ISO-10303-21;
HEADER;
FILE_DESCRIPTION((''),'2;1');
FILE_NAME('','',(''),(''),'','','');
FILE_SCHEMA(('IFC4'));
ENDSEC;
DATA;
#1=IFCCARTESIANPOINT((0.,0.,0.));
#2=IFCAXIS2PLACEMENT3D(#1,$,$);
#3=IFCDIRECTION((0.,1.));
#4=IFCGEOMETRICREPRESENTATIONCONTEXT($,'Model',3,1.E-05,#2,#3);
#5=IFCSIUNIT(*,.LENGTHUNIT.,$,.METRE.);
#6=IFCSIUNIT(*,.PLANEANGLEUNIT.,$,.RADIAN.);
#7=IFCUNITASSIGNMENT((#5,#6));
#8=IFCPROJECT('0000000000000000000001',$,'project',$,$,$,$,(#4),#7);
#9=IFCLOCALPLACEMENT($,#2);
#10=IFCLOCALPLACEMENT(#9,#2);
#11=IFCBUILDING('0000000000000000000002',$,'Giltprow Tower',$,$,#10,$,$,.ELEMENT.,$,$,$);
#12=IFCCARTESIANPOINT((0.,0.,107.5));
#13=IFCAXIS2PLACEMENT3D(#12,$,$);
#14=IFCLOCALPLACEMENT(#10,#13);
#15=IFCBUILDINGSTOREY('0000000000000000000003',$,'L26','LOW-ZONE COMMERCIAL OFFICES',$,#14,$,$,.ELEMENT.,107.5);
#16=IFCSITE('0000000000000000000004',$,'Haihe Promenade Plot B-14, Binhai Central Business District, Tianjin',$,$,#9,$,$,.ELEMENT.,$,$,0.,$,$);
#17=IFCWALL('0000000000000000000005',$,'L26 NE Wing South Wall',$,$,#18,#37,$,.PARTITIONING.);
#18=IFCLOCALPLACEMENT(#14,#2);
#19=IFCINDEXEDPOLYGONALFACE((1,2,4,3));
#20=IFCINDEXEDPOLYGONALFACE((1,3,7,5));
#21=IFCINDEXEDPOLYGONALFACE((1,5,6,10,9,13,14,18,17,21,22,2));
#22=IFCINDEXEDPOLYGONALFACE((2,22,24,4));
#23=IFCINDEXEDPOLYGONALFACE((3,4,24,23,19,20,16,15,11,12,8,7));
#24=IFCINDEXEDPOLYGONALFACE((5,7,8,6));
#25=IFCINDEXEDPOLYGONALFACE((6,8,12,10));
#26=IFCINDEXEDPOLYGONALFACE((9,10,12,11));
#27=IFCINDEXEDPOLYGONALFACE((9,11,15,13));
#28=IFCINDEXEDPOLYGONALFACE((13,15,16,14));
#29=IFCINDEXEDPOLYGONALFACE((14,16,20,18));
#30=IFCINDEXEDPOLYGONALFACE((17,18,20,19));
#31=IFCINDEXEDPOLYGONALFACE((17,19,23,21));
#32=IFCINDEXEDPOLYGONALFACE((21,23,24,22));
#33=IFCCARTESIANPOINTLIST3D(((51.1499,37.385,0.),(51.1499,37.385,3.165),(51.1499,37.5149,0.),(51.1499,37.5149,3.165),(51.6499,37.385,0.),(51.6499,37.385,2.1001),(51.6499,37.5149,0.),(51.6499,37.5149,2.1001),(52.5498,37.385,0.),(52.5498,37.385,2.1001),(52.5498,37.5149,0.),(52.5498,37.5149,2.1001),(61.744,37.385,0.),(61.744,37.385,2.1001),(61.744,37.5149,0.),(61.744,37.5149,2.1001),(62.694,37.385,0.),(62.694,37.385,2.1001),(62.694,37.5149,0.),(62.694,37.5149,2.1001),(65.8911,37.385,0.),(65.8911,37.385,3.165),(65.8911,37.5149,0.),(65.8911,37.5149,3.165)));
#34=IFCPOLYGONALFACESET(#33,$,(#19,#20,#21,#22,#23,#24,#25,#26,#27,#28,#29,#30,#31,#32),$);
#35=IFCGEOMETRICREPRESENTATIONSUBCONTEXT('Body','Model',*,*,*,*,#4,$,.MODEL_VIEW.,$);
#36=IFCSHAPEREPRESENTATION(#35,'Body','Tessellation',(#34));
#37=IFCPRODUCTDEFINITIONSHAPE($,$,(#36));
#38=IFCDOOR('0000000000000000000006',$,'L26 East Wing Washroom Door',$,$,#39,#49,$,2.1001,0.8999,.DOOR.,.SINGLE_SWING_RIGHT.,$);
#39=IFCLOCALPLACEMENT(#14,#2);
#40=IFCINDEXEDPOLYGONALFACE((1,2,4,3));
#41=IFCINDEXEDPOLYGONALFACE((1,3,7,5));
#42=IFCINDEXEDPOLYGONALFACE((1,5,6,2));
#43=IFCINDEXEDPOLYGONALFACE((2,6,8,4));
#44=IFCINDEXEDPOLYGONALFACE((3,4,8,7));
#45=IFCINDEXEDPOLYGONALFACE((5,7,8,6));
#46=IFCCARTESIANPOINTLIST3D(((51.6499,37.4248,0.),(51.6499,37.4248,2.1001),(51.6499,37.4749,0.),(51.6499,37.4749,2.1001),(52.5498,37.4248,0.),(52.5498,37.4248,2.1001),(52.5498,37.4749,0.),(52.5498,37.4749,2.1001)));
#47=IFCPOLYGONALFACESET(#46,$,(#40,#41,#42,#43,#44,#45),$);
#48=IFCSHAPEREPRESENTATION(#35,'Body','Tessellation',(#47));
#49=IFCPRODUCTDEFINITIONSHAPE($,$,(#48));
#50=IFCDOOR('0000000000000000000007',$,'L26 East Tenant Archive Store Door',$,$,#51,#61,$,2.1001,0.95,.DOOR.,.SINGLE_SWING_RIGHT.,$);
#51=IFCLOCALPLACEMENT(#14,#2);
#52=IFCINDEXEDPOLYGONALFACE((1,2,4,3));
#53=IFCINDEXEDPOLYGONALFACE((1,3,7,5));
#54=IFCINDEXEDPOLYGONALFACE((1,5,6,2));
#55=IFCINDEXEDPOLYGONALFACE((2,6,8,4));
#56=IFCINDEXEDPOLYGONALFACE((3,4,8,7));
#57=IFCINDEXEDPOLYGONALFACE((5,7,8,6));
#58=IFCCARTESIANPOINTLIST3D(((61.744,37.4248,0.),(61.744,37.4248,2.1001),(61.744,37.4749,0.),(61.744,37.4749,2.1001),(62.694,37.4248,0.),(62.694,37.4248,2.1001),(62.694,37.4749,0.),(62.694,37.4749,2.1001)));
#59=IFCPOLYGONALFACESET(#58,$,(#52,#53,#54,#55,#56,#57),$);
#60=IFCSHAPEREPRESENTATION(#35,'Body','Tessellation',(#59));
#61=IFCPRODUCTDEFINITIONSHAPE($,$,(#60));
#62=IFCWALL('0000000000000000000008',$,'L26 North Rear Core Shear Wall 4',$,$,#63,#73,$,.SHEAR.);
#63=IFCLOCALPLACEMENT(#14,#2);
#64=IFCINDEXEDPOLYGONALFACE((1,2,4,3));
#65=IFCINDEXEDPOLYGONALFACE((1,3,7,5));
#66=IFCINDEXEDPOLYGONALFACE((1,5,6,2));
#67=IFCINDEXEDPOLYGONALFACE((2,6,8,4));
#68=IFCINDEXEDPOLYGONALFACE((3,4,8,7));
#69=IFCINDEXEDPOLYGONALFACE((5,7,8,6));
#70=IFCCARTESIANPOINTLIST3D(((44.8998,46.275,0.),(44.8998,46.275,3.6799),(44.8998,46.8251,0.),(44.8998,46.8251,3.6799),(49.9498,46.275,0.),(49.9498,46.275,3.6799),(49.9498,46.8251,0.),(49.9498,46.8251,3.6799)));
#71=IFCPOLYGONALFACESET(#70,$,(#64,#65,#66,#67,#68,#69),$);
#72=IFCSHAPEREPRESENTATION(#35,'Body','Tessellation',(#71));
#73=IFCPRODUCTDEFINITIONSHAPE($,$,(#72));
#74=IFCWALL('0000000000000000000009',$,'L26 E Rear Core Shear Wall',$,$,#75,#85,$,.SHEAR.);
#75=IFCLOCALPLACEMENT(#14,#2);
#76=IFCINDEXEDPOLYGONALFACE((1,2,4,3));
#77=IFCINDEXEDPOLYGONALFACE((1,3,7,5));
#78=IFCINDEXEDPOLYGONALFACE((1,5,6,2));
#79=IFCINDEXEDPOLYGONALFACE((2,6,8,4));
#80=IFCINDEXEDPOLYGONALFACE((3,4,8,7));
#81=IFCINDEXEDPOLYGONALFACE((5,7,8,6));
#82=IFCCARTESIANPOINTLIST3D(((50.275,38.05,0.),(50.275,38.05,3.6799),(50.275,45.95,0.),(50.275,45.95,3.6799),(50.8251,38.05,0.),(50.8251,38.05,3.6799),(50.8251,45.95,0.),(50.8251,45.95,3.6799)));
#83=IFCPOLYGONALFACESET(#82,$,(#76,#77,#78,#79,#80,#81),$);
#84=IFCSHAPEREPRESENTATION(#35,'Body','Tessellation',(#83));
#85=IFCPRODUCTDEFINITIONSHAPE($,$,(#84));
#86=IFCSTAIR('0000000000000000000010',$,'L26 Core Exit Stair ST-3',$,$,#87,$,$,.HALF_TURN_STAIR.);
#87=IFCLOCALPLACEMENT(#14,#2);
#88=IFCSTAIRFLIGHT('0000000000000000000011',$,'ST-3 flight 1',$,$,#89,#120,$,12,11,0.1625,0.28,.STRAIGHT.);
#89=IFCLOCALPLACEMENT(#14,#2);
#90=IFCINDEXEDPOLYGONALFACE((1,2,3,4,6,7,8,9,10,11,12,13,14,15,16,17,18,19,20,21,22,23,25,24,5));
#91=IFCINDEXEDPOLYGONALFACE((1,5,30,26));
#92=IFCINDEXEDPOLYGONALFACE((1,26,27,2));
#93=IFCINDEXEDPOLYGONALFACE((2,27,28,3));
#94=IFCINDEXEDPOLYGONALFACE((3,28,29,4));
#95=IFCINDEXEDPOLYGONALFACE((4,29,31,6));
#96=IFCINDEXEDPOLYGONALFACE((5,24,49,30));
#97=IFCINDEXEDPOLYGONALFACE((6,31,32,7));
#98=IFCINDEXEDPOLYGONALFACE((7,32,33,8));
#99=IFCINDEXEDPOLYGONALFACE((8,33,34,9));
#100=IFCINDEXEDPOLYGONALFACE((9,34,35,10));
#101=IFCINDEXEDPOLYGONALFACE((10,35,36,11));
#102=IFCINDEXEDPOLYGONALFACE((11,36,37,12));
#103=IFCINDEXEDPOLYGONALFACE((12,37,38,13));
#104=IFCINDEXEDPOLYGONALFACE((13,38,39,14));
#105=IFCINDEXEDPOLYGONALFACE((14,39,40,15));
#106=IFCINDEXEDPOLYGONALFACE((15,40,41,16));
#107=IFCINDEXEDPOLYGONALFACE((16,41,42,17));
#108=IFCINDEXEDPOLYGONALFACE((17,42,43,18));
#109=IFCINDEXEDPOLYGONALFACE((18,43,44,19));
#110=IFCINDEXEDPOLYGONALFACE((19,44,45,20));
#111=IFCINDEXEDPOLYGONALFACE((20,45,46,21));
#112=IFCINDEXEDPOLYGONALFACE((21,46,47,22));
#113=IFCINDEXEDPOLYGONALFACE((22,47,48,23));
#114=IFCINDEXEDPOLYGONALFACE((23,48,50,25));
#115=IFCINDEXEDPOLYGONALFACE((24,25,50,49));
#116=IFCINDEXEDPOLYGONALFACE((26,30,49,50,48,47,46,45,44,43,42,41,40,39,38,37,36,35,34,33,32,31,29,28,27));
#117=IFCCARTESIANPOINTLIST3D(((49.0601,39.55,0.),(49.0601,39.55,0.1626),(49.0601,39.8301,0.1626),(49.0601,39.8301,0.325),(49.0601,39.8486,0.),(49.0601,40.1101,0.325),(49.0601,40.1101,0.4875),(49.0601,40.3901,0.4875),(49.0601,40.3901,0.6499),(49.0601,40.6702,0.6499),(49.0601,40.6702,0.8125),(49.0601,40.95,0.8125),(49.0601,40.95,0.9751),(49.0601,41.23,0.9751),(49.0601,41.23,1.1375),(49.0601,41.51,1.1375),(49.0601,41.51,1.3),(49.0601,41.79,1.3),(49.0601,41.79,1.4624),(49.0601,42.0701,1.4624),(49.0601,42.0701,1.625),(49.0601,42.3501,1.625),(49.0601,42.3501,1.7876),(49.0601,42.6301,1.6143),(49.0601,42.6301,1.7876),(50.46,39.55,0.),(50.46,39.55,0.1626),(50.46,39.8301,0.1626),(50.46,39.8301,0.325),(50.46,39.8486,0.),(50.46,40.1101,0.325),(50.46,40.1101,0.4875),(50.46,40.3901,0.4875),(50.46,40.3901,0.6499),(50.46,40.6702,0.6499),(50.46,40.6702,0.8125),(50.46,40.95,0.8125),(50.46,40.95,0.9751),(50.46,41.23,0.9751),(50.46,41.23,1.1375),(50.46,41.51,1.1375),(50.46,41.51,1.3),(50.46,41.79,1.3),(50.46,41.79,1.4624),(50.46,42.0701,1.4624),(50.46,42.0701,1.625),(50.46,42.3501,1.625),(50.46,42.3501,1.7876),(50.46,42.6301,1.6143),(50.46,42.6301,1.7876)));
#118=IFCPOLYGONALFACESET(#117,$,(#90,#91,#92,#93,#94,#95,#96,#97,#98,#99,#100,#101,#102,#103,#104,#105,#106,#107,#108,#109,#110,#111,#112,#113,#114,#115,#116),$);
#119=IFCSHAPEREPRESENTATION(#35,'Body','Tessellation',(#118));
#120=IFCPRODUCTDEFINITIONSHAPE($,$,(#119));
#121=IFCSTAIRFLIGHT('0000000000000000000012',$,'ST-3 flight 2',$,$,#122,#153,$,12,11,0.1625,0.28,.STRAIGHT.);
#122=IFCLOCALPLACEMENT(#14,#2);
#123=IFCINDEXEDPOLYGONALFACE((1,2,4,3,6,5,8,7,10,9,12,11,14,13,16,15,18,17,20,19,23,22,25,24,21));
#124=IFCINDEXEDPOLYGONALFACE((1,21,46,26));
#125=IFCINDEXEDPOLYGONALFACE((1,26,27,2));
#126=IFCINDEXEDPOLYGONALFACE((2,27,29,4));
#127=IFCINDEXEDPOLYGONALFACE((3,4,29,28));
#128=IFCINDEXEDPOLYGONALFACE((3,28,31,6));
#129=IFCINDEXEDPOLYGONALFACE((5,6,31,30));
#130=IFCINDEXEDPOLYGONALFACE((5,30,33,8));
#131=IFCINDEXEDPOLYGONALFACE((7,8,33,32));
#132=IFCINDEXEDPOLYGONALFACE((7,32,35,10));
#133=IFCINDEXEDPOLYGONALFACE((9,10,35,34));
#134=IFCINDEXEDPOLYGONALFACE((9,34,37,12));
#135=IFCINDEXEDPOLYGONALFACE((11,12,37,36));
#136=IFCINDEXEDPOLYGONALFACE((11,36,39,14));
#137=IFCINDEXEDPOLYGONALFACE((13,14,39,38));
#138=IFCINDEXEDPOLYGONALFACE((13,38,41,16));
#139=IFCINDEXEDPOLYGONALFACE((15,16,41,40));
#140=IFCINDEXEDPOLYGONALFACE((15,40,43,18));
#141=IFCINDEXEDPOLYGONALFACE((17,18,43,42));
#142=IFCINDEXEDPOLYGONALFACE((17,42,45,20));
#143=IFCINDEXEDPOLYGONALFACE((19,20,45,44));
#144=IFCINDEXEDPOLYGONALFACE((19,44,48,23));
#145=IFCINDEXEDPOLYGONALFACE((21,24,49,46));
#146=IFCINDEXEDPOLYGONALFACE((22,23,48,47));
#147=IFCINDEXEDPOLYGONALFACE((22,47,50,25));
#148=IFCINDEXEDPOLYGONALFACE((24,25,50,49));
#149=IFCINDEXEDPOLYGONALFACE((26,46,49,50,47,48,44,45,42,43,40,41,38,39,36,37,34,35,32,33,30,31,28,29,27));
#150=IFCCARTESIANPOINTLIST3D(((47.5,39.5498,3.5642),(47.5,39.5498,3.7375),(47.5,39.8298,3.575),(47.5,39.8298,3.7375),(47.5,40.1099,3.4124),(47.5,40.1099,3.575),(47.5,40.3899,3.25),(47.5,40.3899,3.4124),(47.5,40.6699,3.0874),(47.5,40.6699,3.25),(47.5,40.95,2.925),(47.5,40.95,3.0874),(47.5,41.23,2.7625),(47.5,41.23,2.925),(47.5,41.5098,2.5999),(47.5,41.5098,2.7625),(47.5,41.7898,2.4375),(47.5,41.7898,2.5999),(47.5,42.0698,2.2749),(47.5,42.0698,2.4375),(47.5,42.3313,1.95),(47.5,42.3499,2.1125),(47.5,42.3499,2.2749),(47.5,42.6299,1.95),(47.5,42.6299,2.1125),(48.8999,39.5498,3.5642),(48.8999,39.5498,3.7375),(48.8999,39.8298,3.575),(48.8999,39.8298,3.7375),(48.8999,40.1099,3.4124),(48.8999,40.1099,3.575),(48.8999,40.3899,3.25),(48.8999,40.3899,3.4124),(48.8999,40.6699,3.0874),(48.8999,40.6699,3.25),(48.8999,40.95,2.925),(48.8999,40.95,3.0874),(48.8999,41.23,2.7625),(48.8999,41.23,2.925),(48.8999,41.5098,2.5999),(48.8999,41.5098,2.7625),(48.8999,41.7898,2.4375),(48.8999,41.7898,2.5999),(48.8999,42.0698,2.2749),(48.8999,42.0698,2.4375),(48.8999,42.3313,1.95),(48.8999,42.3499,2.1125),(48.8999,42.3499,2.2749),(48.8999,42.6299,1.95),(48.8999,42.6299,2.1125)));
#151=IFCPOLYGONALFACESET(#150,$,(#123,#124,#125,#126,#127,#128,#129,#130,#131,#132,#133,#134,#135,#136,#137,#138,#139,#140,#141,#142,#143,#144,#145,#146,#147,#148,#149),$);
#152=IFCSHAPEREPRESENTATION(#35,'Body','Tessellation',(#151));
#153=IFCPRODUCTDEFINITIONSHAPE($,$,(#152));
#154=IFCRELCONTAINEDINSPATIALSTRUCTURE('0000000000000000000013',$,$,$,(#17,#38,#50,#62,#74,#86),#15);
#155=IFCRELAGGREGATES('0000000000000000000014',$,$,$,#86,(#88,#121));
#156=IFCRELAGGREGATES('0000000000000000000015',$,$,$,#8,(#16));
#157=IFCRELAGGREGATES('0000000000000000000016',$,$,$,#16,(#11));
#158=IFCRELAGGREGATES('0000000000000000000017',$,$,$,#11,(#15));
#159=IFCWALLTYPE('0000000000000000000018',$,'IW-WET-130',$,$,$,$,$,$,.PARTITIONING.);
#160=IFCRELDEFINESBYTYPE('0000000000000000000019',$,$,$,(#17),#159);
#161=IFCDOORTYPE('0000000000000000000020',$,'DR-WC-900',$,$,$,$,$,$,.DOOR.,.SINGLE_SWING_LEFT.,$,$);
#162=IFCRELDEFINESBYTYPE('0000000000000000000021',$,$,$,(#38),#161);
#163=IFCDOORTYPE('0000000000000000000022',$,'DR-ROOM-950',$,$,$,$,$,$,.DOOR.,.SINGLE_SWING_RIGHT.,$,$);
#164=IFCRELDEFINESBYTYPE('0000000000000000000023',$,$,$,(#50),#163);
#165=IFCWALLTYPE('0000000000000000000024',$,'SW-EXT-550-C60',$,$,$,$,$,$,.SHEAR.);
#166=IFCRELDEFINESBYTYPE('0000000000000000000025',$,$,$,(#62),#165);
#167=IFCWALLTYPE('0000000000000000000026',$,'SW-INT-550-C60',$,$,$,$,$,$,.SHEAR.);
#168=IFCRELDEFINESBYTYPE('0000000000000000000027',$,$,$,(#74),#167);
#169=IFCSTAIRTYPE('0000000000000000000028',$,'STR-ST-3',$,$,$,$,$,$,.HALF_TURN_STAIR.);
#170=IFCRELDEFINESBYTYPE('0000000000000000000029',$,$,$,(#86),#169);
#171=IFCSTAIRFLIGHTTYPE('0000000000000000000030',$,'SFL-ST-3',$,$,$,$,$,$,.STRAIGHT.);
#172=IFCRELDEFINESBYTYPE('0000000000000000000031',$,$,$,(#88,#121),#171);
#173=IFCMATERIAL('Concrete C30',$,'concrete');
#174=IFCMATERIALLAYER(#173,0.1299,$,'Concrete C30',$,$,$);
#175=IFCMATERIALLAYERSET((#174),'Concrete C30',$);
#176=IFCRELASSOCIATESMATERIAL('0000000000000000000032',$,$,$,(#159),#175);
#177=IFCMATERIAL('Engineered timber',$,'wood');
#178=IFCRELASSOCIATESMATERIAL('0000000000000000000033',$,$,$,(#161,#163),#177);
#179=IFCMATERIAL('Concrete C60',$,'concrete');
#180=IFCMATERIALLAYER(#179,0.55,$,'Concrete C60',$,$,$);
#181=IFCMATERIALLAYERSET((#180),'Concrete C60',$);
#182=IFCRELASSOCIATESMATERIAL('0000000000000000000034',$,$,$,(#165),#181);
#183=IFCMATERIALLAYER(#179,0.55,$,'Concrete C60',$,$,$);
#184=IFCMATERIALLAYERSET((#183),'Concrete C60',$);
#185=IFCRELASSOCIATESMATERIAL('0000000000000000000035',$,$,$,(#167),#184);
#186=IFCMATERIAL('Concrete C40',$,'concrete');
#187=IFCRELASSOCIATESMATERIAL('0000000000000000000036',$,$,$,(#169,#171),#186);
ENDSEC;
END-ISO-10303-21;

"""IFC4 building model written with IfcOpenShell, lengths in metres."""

from ifc_helpers import new_model, si_unit, direction, frame, frame_2d, origin, place, context, subcontext, project, spatial, polyline, rectangle, outline, extrude, source, transform, mapped, material, layer, layer_set, type_object, element, fill, aggregate, save


model = new_model("IFC4")

# Units and contexts
model_context = context("Model", 3, precision=1e-05, world=origin(), true_north=direction((0.0, 1.0)))
body_context = subcontext(model_context, "Body", "Model", "MODEL_VIEW")
ifc_project = project(units=[si_unit("LENGTHUNIT", "METRE"), si_unit("PLANEANGLEUNIT", "RADIAN")], contexts=[model_context])

# Site, building, storey
site_placement = place(None, origin())
site = spatial("IfcSite", under=ifc_project, at=site_placement, Name="Haihe Promenade Plot B-14, Binhai Central Business District, Tianjin", CompositionType="ELEMENT", RefElevation=0.0)
building_placement = place(site_placement, origin())
building = spatial("IfcBuilding", under=site, at=building_placement, Name="Giltprow Tower", CompositionType="ELEMENT")
storey_placement = place(building_placement, frame((0.0, 0.0, 107.5)))
storey = spatial("IfcBuildingStorey", under=building, at=storey_placement, Name="L26", Description="LOW-ZONE COMMERCIAL OFFICES", CompositionType="ELEMENT", Elevation=107.5)

# Shared definitions
ifc_material_1 = material(Name="Concrete C60", Category="concrete")

# Shared definitions
ifc_material_2 = material(Name="Concrete C40", Category="concrete")

# Wall, openings, doors
ifc_material_3 = material(Name="Concrete C30", Category="concrete")
ifc_layer_1 = layer(ifc_material_3, 0.1299, Name="Concrete C30")
ifc_layer_set_1 = layer_set([ifc_layer_1], Name="Concrete C30")
wall_type_1 = type_object("IfcWallType", Name="IW-WET-130", PredefinedType="PARTITIONING", material=ifc_layer_set_1)
wall_1_placement = place(storey_placement, frame((51.1499, 37.45, 0.0), z_axis=(0.0, 0.0, 1.0), x_axis=(1.0, 0.0, 0.0)))
wall_1 = element("IfcWall", 1, at=wall_1_placement, inside=storey, type_object=wall_type_1, Name="L26 NE Wing South Wall", PredefinedType="PARTITIONING", context=body_context, shape_type="SweptSolid", body=[
    extrude(rectangle(XDim=14.7412, YDim=0.1299, at=frame_2d((7.3706, 0.0))), origin(), (0.0, 0.0, 1.0), 3.165),
])
opening_1_placement = place(wall_1_placement, frame((0.5, 0.0, 0.0)))
opening_1 = element("IfcOpeningElement", 2, at=opening_1_placement, cuts=wall_1, PredefinedType="OPENING", context=body_context, shape_type="SweptSolid", body=[
    extrude(rectangle(XDim=0.8999, YDim=2.1001, at=frame_2d((0.45, 1.05))), frame((0.0, 0.075, 0.0), z_axis=(0.0, -1.0, 0.0), x_axis=(1.0, 0.0, 0.0)), (0.0, 0.0, 1.0), 0.1499),
])
opening_2_placement = place(wall_1_placement, frame((10.594, 0.0, 0.0)))
opening_2 = element("IfcOpeningElement", 3, at=opening_2_placement, cuts=wall_1, PredefinedType="OPENING", context=body_context, shape_type="SweptSolid", body=[
    extrude(rectangle(XDim=0.95, YDim=2.1001, at=frame_2d((0.4751, 1.05))), frame((0.0, 0.075, 0.0), z_axis=(0.0, -1.0, 0.0), x_axis=(1.0, 0.0, 0.0)), (0.0, 0.0, 1.0), 0.1499),
])
ifc_material_4 = material(Name="Engineered timber", Category="wood")
door_type_1 = type_object("IfcDoorType", Name="DR-WC-900", OperationType="SINGLE_SWING_LEFT", PredefinedType="DOOR", material=ifc_material_4)
shared_shape_1 = source(origin(), body_context, "Body", "SweptSolid", [
    extrude(rectangle(XDim=0.8999, YDim=2.1001, at=frame_2d((0.45, 1.05))), frame((0.0, 0.0249, 0.0), z_axis=(0.0, -1.0, 0.0), x_axis=(1.0, 0.0, 0.0)), (0.0, 0.0, 1.0), 0.05),
])
door_1_placement = place(opening_1_placement, origin())
door_1 = element("IfcDoor", 4, at=door_1_placement, inside=storey, type_object=door_type_1, Name="L26 East Wing Washroom Door", OperationType="SINGLE_SWING_RIGHT", OverallHeight=2.1001, OverallWidth=0.8999, PredefinedType="DOOR", context=body_context, shape_type="MappedRepresentation", body=[
    mapped(shared_shape_1, transform((0.0, 0.0, 0.0), x_axis=(1.0, 0.0, 0.0), y_axis=(0.0, 1.0, 0.0), z_axis=(0.0, 0.0, 1.0), scale=1.0)),
])
fill(opening_1, door_1)
door_type_2 = type_object("IfcDoorType", Name="DR-ROOM-950", OperationType="SINGLE_SWING_RIGHT", PredefinedType="DOOR", material=ifc_material_4)
shared_shape_2 = source(origin(), body_context, "Body", "SweptSolid", [
    extrude(rectangle(XDim=0.95, YDim=2.1001, at=frame_2d((0.4751, 1.05))), frame((0.0, 0.0249, 0.0), z_axis=(0.0, -1.0, 0.0), x_axis=(1.0, 0.0, 0.0)), (0.0, 0.0, 1.0), 0.05),
])
door_2_placement = place(opening_2_placement, origin())
door_2 = element("IfcDoor", 5, at=door_2_placement, inside=storey, type_object=door_type_2, Name="L26 East Tenant Archive Store Door", OperationType="SINGLE_SWING_RIGHT", OverallHeight=2.1001, OverallWidth=0.95, PredefinedType="DOOR", context=body_context, shape_type="MappedRepresentation", body=[
    mapped(shared_shape_2, transform((0.0, 0.0, 0.0), x_axis=(1.0, 0.0, 0.0), y_axis=(0.0, 1.0, 0.0), z_axis=(0.0, 0.0, 1.0), scale=1.0)),
])
fill(opening_2, door_2)

# Walls
ifc_layer_2 = layer(ifc_material_1, 0.55, Name="Concrete C60")
ifc_layer_set_2 = layer_set([ifc_layer_2], Name="Concrete C60")
wall_type_2 = type_object("IfcWallType", Name="SW-EXT-550-C60", PredefinedType="SHEAR", material=ifc_layer_set_2)
wall_2_placement = place(storey_placement, frame((44.8999, 46.55, 0.0), z_axis=(0.0, 0.0, 1.0), x_axis=(1.0, 0.0, 0.0)))
element("IfcWall", 6, at=wall_2_placement, inside=storey, type_object=wall_type_2, Name="L26 North Rear Core Shear Wall 4", PredefinedType="SHEAR", context=body_context, shape_type="SweptSolid", body=[
    extrude(rectangle(XDim=5.05, YDim=0.55, at=frame_2d((2.5249, 0.0))), origin(), (0.0, 0.0, 1.0), 3.6799),
])
ifc_layer_3 = layer(ifc_material_1, 0.55, Name="Concrete C60")
ifc_layer_set_3 = layer_set([ifc_layer_3], Name="Concrete C60")
wall_type_3 = type_object("IfcWallType", Name="SW-INT-550-C60", PredefinedType="SHEAR", material=ifc_layer_set_3)
wall_3_placement = place(storey_placement, frame((50.55, 38.05, 0.0), z_axis=(0.0, 0.0, 1.0), x_axis=(0.0, 1.0, 0.0)))
element("IfcWall", 7, at=wall_3_placement, inside=storey, type_object=wall_type_3, Name="L26 E Rear Core Shear Wall", PredefinedType="SHEAR", context=body_context, shape_type="SweptSolid", body=[
    extrude(rectangle(XDim=7.8999, YDim=0.55, at=frame_2d((3.95, 0.0))), origin(), (0.0, 0.0, 1.0), 3.6799),
])

# Stair, stair flights
stair_type = type_object("IfcStairType", Name="STR-ST-3", PredefinedType="HALF_TURN_STAIR", material=ifc_material_2)
stair_placement = place(storey_placement, origin())
stair = element("IfcStair", 8, at=stair_placement, inside=storey, type_object=stair_type, Name="L26 Core Exit Stair ST-3", PredefinedType="HALF_TURN_STAIR")
stair_flight_type = type_object("IfcStairFlightType", Name="SFL-ST-3", PredefinedType="STRAIGHT", material=ifc_material_2)
stair_flight_1_placement = place(storey_placement, frame((49.76, 39.55, 0.0), z_axis=(0.0, 0.0, 1.0), x_axis=(0.0, 1.0, 0.0)))
stair_flight_1 = element("IfcStairFlight", 9, at=stair_flight_1_placement, type_object=stair_flight_type, Name="ST-3 flight 1", NumberOfRisers=12, NumberOfTreads=11, PredefinedType="STRAIGHT", RiserHeight=0.1625, TreadLength=0.28, context=body_context, shape_type="SweptSolid", body=[
    extrude(outline(polyline([(0.0, 0.0), (0.0, 0.1626), (0.28, 0.1626), (0.28, 0.325), (0.5601, 0.325), (0.5601, 0.4875), (0.8401, 0.4875), (0.8401, 0.6499), (1.1201, 0.6499), (1.1201, 0.8125), (1.3999, 0.8125), (1.3999, 0.9751), (1.6799, 0.9751), (1.6799, 1.1375), (1.96, 1.1375), (1.96, 1.3), (2.24, 1.3), (2.24, 1.4624), (2.52, 1.4624), (2.52, 1.625), (2.8, 1.625), (2.8, 1.7876), (3.0801, 1.7876), (3.0801, 1.95), (3.0801, 1.6143), (0.2986, 0.0), (0.0, 0.0)])), frame((0.0, 0.7, 0.0), z_axis=(0.0, -1.0, 0.0), x_axis=(1.0, 0.0, 0.0)), (0.0, 0.0, 1.0), 1.3999),
])
stair_flight_2_placement = place(storey_placement, frame((48.2, 42.6299, 1.95), z_axis=(0.0, 0.0, 1.0), x_axis=(0.0, -1.0, 0.0)))
stair_flight_2 = element("IfcStairFlight", 10, at=stair_flight_2_placement, type_object=stair_flight_type, Name="ST-3 flight 2", NumberOfRisers=12, NumberOfTreads=11, PredefinedType="STRAIGHT", RiserHeight=0.1625, TreadLength=0.28, context=body_context, shape_type="SweptSolid", body=[
    extrude(outline(polyline([(0.0, 0.0), (0.0, 0.1626), (0.28, 0.1626), (0.28, 0.325), (0.5601, 0.325), (0.5601, 0.4875), (0.8401, 0.4875), (0.8401, 0.6499), (1.1201, 0.6499), (1.1201, 0.8125), (1.3999, 0.8125), (1.3999, 0.9751), (1.6799, 0.9751), (1.6799, 1.1375), (1.96, 1.1375), (1.96, 1.3), (2.24, 1.3), (2.24, 1.4624), (2.52, 1.4624), (2.52, 1.625), (2.8, 1.625), (2.8, 1.7876), (3.0801, 1.7876), (3.0801, 1.95), (3.0801, 1.6143), (0.2986, 0.0), (0.0, 0.0)])), frame((0.0, 0.7, 0.0), z_axis=(0.0, -1.0, 0.0), x_axis=(1.0, 0.0, 0.0)), (0.0, 0.0, 1.0), 1.3999),
])
aggregate(stair, [stair_flight_1, stair_flight_2])

save(model, "model.ifc")
